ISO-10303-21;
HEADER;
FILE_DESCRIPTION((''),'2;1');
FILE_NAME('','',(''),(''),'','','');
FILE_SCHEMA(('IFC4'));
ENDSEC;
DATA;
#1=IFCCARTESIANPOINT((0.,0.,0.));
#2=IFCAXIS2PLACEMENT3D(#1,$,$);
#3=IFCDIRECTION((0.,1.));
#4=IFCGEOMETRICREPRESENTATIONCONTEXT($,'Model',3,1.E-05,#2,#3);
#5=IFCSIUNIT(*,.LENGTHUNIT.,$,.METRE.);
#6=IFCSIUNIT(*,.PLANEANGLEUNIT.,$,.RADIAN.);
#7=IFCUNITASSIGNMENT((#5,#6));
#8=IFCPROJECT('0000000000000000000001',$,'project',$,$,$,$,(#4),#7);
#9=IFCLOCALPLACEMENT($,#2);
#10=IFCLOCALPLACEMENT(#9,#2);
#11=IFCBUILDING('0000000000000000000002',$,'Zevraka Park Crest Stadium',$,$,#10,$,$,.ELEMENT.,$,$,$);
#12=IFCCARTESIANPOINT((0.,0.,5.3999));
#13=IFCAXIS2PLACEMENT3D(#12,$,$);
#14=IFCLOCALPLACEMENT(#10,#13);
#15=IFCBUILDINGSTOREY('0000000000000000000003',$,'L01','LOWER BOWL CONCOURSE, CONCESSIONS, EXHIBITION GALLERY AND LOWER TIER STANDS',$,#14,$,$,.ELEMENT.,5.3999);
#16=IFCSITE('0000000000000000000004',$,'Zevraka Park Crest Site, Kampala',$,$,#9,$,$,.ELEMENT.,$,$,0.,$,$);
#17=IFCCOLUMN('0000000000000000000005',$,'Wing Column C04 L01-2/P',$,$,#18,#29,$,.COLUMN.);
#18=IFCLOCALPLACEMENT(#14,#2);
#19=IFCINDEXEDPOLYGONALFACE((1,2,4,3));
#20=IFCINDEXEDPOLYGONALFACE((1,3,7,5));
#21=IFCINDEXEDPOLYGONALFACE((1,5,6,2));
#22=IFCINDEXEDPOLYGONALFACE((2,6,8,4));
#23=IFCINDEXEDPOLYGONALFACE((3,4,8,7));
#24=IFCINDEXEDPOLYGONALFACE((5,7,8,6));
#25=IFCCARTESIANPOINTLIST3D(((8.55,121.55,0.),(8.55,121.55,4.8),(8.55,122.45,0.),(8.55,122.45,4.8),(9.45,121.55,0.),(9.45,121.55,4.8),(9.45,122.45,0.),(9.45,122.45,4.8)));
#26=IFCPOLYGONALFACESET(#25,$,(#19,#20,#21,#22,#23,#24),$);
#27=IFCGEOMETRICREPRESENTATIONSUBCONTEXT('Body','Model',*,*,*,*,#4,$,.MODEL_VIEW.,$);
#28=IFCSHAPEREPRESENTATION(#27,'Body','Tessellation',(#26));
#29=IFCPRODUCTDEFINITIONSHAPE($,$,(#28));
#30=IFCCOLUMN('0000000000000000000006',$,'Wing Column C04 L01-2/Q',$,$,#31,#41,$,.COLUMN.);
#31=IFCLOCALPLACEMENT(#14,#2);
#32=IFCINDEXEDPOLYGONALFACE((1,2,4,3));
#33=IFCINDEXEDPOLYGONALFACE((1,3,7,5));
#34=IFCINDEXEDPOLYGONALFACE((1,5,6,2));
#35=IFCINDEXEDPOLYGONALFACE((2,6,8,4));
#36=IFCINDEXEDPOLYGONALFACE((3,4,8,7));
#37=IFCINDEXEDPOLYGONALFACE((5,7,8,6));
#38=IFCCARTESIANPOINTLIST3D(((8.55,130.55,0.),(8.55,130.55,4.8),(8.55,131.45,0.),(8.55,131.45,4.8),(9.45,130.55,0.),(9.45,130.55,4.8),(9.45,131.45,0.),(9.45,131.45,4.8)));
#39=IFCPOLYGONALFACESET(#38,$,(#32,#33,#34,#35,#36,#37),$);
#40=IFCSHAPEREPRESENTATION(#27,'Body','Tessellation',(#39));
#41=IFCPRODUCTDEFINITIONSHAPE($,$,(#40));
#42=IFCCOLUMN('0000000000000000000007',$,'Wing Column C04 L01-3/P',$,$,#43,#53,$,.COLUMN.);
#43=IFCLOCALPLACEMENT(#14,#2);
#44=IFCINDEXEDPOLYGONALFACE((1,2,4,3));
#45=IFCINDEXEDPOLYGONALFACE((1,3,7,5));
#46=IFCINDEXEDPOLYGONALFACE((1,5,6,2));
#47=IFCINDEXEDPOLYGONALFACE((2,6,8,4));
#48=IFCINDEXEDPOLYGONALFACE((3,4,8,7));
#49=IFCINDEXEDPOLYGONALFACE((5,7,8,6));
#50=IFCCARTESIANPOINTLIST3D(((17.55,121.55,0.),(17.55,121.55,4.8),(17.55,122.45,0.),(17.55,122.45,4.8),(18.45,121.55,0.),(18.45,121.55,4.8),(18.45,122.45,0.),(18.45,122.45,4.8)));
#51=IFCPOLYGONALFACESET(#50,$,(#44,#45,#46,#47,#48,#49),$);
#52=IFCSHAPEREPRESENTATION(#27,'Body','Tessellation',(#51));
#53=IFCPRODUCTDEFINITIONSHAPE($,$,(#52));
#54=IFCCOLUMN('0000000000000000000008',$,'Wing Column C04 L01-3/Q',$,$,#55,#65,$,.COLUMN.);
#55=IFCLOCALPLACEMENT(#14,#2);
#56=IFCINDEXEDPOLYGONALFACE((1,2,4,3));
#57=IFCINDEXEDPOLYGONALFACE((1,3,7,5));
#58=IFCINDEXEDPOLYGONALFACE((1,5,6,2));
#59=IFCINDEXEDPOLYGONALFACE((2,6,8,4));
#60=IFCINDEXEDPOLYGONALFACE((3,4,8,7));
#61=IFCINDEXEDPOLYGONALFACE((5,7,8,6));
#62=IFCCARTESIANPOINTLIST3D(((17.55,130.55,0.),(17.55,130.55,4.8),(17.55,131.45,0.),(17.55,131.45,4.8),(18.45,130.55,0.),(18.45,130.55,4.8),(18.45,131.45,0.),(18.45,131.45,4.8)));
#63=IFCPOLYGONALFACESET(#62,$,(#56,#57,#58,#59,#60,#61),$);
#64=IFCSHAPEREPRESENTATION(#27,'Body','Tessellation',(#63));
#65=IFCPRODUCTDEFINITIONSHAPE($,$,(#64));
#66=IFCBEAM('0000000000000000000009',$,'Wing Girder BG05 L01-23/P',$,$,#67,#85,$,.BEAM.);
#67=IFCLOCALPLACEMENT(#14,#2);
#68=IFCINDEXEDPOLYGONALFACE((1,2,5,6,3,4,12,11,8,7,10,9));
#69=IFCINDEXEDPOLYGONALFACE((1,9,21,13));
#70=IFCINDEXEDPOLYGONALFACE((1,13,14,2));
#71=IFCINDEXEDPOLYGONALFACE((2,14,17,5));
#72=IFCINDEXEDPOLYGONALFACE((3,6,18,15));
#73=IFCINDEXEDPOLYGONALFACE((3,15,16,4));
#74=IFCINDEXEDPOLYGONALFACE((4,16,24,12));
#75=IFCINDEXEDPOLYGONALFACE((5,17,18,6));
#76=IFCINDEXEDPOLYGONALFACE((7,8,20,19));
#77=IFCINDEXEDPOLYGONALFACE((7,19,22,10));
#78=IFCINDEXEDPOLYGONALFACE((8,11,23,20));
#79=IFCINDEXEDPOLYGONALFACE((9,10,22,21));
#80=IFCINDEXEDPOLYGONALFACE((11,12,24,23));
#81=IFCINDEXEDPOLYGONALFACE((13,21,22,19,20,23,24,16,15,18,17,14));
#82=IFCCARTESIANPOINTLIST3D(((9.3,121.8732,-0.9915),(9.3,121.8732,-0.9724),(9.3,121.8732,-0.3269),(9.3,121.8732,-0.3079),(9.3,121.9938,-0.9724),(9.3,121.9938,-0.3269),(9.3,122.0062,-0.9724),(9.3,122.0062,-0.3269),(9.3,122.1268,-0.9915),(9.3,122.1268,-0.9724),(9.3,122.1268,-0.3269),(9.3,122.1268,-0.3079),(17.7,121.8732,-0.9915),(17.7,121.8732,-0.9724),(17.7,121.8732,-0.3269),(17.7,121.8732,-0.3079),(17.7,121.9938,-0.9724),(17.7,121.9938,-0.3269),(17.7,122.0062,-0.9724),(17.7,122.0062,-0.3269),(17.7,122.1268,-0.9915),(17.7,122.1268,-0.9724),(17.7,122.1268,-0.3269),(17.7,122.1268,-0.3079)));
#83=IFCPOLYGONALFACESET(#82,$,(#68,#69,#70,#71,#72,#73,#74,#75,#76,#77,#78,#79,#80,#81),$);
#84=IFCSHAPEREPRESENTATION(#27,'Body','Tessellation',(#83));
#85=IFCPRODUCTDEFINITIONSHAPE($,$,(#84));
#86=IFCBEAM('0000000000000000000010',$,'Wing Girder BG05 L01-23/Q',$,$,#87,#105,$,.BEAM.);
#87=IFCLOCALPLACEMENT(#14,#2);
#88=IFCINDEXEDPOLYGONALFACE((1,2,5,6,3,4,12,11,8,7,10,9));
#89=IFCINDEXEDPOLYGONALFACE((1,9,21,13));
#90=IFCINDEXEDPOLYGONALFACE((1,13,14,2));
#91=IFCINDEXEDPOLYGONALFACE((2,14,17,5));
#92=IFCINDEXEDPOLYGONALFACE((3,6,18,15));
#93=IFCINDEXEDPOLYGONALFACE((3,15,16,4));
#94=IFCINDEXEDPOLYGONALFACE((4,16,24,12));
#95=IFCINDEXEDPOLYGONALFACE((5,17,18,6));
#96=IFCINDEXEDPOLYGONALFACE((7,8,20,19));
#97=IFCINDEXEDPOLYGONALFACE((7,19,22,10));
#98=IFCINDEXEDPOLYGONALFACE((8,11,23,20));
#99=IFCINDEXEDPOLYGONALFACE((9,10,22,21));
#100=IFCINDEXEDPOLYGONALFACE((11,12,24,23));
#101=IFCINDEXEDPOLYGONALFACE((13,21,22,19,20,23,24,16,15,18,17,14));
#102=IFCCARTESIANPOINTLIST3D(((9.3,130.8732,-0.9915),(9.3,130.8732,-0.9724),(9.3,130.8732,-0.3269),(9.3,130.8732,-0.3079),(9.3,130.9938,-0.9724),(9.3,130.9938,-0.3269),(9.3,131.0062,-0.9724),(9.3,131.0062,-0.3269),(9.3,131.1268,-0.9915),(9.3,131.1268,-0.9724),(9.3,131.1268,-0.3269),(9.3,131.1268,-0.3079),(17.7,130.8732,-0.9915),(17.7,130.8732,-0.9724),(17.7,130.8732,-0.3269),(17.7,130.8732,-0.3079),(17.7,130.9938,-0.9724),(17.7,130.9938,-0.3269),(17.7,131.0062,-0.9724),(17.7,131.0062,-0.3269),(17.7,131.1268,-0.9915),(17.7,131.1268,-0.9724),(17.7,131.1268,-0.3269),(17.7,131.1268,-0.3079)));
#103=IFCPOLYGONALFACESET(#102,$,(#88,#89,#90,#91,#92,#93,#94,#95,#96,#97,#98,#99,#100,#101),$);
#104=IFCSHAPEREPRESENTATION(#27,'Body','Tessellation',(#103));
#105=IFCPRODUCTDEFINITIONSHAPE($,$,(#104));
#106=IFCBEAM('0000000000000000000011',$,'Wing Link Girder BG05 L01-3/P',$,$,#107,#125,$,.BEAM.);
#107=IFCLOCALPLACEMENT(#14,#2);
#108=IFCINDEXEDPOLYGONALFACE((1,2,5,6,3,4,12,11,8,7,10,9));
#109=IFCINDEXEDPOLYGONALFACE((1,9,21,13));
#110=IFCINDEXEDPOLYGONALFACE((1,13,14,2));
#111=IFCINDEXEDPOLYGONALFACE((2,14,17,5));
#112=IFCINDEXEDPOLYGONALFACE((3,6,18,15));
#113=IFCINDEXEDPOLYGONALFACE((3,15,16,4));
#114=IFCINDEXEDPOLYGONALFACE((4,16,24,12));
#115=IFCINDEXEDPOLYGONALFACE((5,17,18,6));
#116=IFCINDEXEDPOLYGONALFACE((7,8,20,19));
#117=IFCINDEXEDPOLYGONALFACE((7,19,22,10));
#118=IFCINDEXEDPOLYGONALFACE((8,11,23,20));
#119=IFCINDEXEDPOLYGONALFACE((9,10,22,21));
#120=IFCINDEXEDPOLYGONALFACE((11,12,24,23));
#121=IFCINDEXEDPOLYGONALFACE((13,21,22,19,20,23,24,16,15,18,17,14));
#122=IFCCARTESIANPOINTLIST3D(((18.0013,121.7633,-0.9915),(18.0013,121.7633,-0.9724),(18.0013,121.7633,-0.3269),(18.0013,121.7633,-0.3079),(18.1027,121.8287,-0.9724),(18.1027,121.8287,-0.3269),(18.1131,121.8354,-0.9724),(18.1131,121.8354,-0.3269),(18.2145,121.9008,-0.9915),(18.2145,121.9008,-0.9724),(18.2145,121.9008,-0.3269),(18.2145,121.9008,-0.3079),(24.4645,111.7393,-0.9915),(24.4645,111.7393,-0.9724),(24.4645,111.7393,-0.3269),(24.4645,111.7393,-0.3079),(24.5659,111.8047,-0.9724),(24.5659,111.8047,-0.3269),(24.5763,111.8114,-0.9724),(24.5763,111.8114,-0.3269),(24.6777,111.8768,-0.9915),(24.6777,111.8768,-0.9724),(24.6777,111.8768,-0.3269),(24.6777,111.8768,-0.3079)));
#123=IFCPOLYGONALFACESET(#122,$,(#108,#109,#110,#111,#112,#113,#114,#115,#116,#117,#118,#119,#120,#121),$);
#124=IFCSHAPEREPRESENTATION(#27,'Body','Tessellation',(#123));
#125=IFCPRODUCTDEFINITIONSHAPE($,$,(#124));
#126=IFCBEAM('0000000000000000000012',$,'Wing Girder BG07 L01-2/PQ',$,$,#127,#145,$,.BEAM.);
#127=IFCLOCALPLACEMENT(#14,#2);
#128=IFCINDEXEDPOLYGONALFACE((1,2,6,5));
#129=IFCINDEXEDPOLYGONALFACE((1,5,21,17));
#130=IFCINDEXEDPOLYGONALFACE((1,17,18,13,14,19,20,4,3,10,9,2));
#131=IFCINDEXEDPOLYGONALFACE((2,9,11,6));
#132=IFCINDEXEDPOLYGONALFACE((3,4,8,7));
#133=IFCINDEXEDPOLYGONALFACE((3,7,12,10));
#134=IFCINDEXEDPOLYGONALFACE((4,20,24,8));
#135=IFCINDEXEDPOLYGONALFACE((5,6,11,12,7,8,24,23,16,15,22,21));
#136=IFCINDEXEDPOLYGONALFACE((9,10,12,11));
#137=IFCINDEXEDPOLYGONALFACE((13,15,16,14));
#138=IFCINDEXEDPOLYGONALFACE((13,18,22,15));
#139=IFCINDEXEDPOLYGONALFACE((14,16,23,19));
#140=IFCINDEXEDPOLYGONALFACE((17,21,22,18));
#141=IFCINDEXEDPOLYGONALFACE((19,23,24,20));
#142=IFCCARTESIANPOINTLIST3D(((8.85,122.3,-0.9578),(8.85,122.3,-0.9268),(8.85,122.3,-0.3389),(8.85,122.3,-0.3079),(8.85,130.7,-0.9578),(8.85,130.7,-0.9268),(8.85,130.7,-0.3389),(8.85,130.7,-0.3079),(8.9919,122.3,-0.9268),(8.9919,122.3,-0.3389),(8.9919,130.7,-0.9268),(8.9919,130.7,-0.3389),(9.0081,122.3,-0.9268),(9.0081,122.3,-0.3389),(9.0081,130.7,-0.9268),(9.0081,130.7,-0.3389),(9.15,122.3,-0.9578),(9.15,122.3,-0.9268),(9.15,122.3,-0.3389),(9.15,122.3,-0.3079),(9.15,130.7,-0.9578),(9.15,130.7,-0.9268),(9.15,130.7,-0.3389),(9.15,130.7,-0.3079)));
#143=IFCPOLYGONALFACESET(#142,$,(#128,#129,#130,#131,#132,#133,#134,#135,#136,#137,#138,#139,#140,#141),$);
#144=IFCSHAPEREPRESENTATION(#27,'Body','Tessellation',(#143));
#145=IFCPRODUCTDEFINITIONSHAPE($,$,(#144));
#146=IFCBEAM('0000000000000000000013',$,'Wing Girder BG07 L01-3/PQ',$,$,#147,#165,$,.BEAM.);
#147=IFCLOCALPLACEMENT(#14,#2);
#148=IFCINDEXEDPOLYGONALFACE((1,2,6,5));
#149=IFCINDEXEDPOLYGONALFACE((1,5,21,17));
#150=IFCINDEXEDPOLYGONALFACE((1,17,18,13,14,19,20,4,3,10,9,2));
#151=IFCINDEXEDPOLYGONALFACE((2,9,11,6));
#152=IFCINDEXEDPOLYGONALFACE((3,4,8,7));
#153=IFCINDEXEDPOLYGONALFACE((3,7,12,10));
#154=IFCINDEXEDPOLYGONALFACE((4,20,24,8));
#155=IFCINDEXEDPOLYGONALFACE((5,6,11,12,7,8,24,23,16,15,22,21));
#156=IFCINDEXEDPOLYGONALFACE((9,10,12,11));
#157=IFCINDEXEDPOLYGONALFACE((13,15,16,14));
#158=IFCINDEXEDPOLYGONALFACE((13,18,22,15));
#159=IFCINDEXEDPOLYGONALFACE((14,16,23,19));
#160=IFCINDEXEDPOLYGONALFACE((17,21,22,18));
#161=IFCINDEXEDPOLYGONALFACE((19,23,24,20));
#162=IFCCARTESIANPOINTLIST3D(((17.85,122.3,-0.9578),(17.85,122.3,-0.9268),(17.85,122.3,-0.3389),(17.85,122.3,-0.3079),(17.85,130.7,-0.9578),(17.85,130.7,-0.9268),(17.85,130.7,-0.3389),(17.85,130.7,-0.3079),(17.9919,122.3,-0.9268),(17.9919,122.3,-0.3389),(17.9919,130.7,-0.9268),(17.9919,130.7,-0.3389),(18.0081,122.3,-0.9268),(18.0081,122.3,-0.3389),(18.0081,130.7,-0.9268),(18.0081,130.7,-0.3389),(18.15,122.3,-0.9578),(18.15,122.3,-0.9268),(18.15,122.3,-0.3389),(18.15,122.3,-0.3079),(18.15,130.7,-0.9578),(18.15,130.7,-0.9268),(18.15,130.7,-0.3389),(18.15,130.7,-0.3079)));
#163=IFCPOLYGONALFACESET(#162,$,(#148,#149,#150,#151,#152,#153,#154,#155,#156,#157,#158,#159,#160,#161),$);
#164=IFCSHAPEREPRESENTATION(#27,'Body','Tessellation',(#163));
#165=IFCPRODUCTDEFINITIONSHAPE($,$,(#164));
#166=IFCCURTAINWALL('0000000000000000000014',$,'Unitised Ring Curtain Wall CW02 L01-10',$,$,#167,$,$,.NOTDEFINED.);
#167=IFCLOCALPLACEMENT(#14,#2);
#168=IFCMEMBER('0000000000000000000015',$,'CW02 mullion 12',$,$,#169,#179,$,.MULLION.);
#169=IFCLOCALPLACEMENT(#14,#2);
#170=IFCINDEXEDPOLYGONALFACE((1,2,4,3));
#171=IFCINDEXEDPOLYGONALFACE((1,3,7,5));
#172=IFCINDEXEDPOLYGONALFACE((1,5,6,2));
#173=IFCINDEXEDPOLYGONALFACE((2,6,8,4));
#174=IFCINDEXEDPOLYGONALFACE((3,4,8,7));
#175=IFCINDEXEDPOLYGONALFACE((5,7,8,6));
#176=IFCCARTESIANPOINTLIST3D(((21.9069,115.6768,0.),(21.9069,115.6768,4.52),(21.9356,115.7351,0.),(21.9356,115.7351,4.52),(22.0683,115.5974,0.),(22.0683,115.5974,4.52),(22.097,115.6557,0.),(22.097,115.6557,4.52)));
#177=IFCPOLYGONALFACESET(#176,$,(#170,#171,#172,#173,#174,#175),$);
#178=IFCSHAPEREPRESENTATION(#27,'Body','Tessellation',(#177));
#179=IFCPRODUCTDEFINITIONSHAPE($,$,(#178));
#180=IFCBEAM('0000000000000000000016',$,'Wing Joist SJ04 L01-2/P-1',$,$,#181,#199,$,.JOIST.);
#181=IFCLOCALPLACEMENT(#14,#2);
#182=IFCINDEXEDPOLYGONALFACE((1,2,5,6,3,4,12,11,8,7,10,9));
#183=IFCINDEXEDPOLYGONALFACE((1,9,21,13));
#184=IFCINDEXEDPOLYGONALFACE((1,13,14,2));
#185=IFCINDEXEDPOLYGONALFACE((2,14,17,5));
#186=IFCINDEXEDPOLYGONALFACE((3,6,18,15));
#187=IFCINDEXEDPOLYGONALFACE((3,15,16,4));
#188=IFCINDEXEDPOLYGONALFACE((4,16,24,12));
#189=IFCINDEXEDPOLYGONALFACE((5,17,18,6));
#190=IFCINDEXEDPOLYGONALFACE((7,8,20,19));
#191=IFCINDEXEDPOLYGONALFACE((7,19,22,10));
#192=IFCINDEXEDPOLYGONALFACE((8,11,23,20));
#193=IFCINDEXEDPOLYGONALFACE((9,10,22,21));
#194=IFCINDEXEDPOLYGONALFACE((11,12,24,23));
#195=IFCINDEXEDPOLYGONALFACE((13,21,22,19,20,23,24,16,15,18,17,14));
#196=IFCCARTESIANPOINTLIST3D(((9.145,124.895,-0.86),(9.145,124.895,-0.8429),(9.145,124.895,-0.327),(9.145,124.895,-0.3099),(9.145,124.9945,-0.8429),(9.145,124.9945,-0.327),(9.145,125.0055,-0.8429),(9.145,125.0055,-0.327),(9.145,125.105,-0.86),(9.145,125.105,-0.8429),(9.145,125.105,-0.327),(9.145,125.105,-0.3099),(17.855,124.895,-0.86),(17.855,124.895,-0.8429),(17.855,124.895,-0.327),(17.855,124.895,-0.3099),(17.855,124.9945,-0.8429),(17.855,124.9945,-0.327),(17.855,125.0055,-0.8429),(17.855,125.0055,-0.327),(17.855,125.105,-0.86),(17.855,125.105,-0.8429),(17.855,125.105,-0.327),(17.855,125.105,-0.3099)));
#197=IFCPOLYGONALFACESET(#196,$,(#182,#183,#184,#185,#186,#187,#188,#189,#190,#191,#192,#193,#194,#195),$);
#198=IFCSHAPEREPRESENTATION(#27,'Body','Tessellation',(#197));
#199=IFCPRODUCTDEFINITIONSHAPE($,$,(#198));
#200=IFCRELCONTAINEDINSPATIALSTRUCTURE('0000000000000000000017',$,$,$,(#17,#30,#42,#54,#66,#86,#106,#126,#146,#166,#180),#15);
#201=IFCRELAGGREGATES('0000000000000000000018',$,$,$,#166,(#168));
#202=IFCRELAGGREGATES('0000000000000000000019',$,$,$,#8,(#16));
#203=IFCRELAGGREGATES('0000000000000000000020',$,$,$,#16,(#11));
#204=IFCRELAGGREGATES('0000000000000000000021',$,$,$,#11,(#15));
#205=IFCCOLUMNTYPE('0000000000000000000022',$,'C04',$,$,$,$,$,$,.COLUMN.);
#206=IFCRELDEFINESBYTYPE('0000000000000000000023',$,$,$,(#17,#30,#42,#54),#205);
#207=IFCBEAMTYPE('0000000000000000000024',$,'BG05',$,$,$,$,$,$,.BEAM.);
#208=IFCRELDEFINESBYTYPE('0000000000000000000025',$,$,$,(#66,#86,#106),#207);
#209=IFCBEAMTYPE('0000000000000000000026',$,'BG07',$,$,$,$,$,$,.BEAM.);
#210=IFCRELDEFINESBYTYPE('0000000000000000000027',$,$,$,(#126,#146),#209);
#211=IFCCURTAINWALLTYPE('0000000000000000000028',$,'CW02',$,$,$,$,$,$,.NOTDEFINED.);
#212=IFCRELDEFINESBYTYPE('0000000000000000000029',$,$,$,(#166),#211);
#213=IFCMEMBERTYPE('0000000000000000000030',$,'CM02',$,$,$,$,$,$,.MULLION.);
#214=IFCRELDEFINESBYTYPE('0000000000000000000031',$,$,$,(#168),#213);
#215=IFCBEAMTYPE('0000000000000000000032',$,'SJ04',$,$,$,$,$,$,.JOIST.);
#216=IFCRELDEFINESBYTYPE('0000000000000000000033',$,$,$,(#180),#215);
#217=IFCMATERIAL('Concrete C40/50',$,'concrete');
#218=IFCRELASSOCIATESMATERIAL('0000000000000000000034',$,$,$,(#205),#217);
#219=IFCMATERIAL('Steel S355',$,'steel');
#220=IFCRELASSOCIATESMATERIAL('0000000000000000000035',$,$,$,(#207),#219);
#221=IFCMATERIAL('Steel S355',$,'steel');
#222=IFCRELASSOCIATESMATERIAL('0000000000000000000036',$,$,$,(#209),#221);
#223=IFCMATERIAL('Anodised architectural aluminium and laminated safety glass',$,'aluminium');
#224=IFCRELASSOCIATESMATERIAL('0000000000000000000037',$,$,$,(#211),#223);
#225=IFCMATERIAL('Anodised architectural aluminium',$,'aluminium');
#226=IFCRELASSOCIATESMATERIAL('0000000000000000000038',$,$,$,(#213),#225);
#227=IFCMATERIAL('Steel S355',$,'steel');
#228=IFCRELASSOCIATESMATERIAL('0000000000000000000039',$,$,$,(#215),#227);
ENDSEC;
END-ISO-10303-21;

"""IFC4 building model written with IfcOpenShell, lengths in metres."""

from ifc_helpers import new_model, si_unit, direction, frame, origin, origin_2d, place, context, subcontext, project, spatial, rectangle, i_section, extrude, material, material_profile, profile_set, type_object, element, aggregate, save


model = new_model("IFC4")

# Units and contexts
model_context = context("Model", 3, precision=1e-05, world=origin(), true_north=direction((0.0, 1.0)))
body_context = subcontext(model_context, "Body", "Model", "MODEL_VIEW")
ifc_project = project(units=[si_unit("LENGTHUNIT", "METRE"), si_unit("PLANEANGLEUNIT", "RADIAN")], contexts=[model_context])

# Site, building, storey
site_placement = place(None, origin())
site = spatial("IfcSite", under=ifc_project, at=site_placement, Name="Zevraka Park Crest Site, Kampala", CompositionType="ELEMENT", RefElevation=0.0)
building_placement = place(site_placement, origin())
building = spatial("IfcBuilding", under=site, at=building_placement, Name="Zevraka Park Crest Stadium", CompositionType="ELEMENT")
storey_placement = place(building_placement, frame((0.0, 0.0, 5.3999)))
storey = spatial("IfcBuildingStorey", under=building, at=storey_placement, Name="L01", Description="LOWER BOWL CONCOURSE, CONCESSIONS, EXHIBITION GALLERY AND LOWER TIER STANDS", CompositionType="ELEMENT", Elevation=5.3999)

# Columns
ifc_material_1 = material(Name="Concrete C40/50", Category="concrete")
ifc_material_profile_1 = material_profile(ifc_material_1, rectangle(XDim=0.8999, YDim=0.8999, at=origin_2d()), Name="RC 900x900")
ifc_profile_set_1 = profile_set([ifc_material_profile_1], Name="Concrete C40/50")
column_type = type_object("IfcColumnType", Name="C04", PredefinedType="COLUMN", material=ifc_profile_set_1)
for number, where, z_axis, x_axis, name in (
    (1, (9.0, 122.0, 0.0), (0.0, 0.0, 1.0), (1.0, 0.0, 0.0), "Wing Column C04 L01-2/P"),
    (2, (9.0, 131.0, 0.0), (0.0, 0.0, 1.0), (1.0, 0.0, 0.0), "Wing Column C04 L01-2/Q"),
    (3, (18.0, 122.0, 0.0), (0.0, 0.0, 1.0), (1.0, 0.0, 0.0), "Wing Column C04 L01-3/P"),
    (4, (18.0, 131.0, 0.0), (0.0, 0.0, 1.0), (1.0, 0.0, 0.0), "Wing Column C04 L01-3/Q"),
):
    element("IfcColumn", number, at=place(storey_placement, frame(where, z_axis=z_axis, x_axis=x_axis)), inside=storey, type_object=column_type, Name=name, PredefinedType="COLUMN", context=body_context, shape_type="SweptSolid", body=[
        extrude(rectangle(XDim=0.8999, YDim=0.8999, at=origin_2d()), origin(), (0.0, 0.0, 1.0), 4.8),
    ])

# Beams
ifc_material_2 = material(Name="Steel S355", Category="steel")
ifc_material_profile_2 = material_profile(ifc_material_2, i_section(OverallWidth=0.2537, OverallDepth=0.6836, WebThickness=0.0125, FlangeThickness=0.019, at=origin_2d()), Name="UKB 686x254x140")
ifc_profile_set_2 = profile_set([ifc_material_profile_2], Name="Steel S355")
beam_type_1 = type_object("IfcBeamType", Name="BG05", PredefinedType="BEAM", material=ifc_profile_set_2)
for number, where, z_axis, x_axis, name in (
    (5, (9.3, 122.0, -0.6497), (1.0, 0.0, 0.0), (0.0, 1.0, 0.0), "Wing Girder BG05 L01-23/P"),
    (6, (9.3, 131.0, -0.6497), (1.0, 0.0, 0.0), (0.0, 1.0, 0.0), "Wing Girder BG05 L01-23/Q"),
):
    element("IfcBeam", number, at=place(storey_placement, frame(where, z_axis=z_axis, x_axis=x_axis)), inside=storey, type_object=beam_type_1, Name=name, PredefinedType="BEAM", context=body_context, shape_type="SweptSolid", body=[
        extrude(i_section(OverallWidth=0.2537, OverallDepth=0.6836, WebThickness=0.0125, FlangeThickness=0.019, at=origin_2d()), origin(), (0.0, 0.0, 1.0), 8.3999),
    ])
beam_1_placement = place(storey_placement, frame((18.1079, 121.832, -0.6497), z_axis=(0.541895, -0.840446, 0.0), x_axis=(0.840446, 0.541895, 0.0)))
element("IfcBeam", 7, at=beam_1_placement, inside=storey, type_object=beam_type_1, Name="Wing Link Girder BG05 L01-3/P", PredefinedType="BEAM", context=body_context, shape_type="SweptSolid", body=[
    extrude(i_section(OverallWidth=0.2537, OverallDepth=0.6836, WebThickness=0.0125, FlangeThickness=0.019, at=origin_2d()), origin(), (0.0, 0.0, 1.0), 11.927),
])
ifc_material_3 = material(Name="Steel S355", Category="steel")
ifc_material_profile_3 = material_profile(ifc_material_3, i_section(OverallWidth=0.3, OverallDepth=0.6499, WebThickness=0.0161, FlangeThickness=0.031, at=origin_2d()), Name="HEB 650")
ifc_profile_set_3 = profile_set([ifc_material_profile_3], Name="Steel S355")
beam_type_2 = type_object("IfcBeamType", Name="BG07", PredefinedType="BEAM", material=ifc_profile_set_3)
for number, where, z_axis, x_axis, name in (
    (8, (9.0, 122.3, -0.6328), (0.0, 1.0, 0.0), (-1.0, 0.0, 0.0), "Wing Girder BG07 L01-2/PQ"),
    (9, (18.0, 122.3, -0.6328), (0.0, 1.0, 0.0), (-1.0, 0.0, 0.0), "Wing Girder BG07 L01-3/PQ"),
):
    element("IfcBeam", number, at=place(storey_placement, frame(where, z_axis=z_axis, x_axis=x_axis)), inside=storey, type_object=beam_type_2, Name=name, PredefinedType="BEAM", context=body_context, shape_type="SweptSolid", body=[
        extrude(i_section(OverallWidth=0.3, OverallDepth=0.6499, WebThickness=0.0161, FlangeThickness=0.031, at=origin_2d()), origin(), (0.0, 0.0, 1.0), 8.3999),
    ])

# Curtain wall, member
ifc_material_4 = material(Name="Anodised architectural aluminium and laminated safety glass", Category="aluminium")
curtain_wall_type = type_object("IfcCurtainWallType", Name="CW02", PredefinedType="NOTDEFINED", material=ifc_material_4)
curtain_wall_placement = place(storey_placement, origin())
curtain_wall = element("IfcCurtainWall", 10, at=curtain_wall_placement, inside=storey, type_object=curtain_wall_type, Name="Unitised Ring Curtain Wall CW02 L01-10", PredefinedType="NOTDEFINED")
ifc_material_5 = material(Name="Anodised architectural aluminium", Category="aluminium")
ifc_material_profile_4 = material_profile(ifc_material_5, rectangle(XDim=0.1799, YDim=0.0649, at=origin_2d()), Name="ALU MULLION 180x65")
ifc_profile_set_4 = profile_set([ifc_material_profile_4], Name="Anodised architectural aluminium")
member_type = type_object("IfcMemberType", Name="CM02", PredefinedType="MULLION", material=ifc_profile_set_4)
member_placement = place(storey_placement, frame((22.002, 115.6663, 0.0), z_axis=(0.0, 0.0, 1.0), x_axis=(0.897253, -0.441517, 0.0)))
member = element("IfcMember", 11, at=member_placement, type_object=member_type, Name="CW02 mullion 12", PredefinedType="MULLION", context=body_context, shape_type="SweptSolid", body=[
    extrude(rectangle(XDim=0.1799, YDim=0.0649, at=origin_2d()), origin(), (0.0, 0.0, 1.0), 4.52),
])

# Beam
ifc_material_6 = material(Name="Steel S355", Category="steel")
ifc_material_profile_5 = material_profile(ifc_material_6, i_section(OverallWidth=0.21, OverallDepth=0.55, WebThickness=0.011, FlangeThickness=0.0171, at=origin_2d()), Name="IPE 550")
ifc_profile_set_5 = profile_set([ifc_material_profile_5], Name="Steel S355")
beam_type_3 = type_object("IfcBeamType", Name="SJ04", PredefinedType="JOIST", material=ifc_profile_set_5)
for number, where, z_axis, x_axis, name in (
    (12, (9.145, 125.0, -0.585), (1.0, 0.0, 0.0), (0.0, 1.0, 0.0), "Wing Joist SJ04 L01-2/P-1"),
):
    element("IfcBeam", number, at=place(storey_placement, frame(where, z_axis=z_axis, x_axis=x_axis)), inside=storey, type_object=beam_type_3, Name=name, PredefinedType="JOIST", context=body_context, shape_type="SweptSolid", body=[
        extrude(i_section(OverallWidth=0.21, OverallDepth=0.55, WebThickness=0.011, FlangeThickness=0.0171, at=origin_2d()), origin(), (0.0, 0.0, 1.0), 8.71),
    ])

aggregate(curtain_wall, [member])

save(model, "model.ifc")
